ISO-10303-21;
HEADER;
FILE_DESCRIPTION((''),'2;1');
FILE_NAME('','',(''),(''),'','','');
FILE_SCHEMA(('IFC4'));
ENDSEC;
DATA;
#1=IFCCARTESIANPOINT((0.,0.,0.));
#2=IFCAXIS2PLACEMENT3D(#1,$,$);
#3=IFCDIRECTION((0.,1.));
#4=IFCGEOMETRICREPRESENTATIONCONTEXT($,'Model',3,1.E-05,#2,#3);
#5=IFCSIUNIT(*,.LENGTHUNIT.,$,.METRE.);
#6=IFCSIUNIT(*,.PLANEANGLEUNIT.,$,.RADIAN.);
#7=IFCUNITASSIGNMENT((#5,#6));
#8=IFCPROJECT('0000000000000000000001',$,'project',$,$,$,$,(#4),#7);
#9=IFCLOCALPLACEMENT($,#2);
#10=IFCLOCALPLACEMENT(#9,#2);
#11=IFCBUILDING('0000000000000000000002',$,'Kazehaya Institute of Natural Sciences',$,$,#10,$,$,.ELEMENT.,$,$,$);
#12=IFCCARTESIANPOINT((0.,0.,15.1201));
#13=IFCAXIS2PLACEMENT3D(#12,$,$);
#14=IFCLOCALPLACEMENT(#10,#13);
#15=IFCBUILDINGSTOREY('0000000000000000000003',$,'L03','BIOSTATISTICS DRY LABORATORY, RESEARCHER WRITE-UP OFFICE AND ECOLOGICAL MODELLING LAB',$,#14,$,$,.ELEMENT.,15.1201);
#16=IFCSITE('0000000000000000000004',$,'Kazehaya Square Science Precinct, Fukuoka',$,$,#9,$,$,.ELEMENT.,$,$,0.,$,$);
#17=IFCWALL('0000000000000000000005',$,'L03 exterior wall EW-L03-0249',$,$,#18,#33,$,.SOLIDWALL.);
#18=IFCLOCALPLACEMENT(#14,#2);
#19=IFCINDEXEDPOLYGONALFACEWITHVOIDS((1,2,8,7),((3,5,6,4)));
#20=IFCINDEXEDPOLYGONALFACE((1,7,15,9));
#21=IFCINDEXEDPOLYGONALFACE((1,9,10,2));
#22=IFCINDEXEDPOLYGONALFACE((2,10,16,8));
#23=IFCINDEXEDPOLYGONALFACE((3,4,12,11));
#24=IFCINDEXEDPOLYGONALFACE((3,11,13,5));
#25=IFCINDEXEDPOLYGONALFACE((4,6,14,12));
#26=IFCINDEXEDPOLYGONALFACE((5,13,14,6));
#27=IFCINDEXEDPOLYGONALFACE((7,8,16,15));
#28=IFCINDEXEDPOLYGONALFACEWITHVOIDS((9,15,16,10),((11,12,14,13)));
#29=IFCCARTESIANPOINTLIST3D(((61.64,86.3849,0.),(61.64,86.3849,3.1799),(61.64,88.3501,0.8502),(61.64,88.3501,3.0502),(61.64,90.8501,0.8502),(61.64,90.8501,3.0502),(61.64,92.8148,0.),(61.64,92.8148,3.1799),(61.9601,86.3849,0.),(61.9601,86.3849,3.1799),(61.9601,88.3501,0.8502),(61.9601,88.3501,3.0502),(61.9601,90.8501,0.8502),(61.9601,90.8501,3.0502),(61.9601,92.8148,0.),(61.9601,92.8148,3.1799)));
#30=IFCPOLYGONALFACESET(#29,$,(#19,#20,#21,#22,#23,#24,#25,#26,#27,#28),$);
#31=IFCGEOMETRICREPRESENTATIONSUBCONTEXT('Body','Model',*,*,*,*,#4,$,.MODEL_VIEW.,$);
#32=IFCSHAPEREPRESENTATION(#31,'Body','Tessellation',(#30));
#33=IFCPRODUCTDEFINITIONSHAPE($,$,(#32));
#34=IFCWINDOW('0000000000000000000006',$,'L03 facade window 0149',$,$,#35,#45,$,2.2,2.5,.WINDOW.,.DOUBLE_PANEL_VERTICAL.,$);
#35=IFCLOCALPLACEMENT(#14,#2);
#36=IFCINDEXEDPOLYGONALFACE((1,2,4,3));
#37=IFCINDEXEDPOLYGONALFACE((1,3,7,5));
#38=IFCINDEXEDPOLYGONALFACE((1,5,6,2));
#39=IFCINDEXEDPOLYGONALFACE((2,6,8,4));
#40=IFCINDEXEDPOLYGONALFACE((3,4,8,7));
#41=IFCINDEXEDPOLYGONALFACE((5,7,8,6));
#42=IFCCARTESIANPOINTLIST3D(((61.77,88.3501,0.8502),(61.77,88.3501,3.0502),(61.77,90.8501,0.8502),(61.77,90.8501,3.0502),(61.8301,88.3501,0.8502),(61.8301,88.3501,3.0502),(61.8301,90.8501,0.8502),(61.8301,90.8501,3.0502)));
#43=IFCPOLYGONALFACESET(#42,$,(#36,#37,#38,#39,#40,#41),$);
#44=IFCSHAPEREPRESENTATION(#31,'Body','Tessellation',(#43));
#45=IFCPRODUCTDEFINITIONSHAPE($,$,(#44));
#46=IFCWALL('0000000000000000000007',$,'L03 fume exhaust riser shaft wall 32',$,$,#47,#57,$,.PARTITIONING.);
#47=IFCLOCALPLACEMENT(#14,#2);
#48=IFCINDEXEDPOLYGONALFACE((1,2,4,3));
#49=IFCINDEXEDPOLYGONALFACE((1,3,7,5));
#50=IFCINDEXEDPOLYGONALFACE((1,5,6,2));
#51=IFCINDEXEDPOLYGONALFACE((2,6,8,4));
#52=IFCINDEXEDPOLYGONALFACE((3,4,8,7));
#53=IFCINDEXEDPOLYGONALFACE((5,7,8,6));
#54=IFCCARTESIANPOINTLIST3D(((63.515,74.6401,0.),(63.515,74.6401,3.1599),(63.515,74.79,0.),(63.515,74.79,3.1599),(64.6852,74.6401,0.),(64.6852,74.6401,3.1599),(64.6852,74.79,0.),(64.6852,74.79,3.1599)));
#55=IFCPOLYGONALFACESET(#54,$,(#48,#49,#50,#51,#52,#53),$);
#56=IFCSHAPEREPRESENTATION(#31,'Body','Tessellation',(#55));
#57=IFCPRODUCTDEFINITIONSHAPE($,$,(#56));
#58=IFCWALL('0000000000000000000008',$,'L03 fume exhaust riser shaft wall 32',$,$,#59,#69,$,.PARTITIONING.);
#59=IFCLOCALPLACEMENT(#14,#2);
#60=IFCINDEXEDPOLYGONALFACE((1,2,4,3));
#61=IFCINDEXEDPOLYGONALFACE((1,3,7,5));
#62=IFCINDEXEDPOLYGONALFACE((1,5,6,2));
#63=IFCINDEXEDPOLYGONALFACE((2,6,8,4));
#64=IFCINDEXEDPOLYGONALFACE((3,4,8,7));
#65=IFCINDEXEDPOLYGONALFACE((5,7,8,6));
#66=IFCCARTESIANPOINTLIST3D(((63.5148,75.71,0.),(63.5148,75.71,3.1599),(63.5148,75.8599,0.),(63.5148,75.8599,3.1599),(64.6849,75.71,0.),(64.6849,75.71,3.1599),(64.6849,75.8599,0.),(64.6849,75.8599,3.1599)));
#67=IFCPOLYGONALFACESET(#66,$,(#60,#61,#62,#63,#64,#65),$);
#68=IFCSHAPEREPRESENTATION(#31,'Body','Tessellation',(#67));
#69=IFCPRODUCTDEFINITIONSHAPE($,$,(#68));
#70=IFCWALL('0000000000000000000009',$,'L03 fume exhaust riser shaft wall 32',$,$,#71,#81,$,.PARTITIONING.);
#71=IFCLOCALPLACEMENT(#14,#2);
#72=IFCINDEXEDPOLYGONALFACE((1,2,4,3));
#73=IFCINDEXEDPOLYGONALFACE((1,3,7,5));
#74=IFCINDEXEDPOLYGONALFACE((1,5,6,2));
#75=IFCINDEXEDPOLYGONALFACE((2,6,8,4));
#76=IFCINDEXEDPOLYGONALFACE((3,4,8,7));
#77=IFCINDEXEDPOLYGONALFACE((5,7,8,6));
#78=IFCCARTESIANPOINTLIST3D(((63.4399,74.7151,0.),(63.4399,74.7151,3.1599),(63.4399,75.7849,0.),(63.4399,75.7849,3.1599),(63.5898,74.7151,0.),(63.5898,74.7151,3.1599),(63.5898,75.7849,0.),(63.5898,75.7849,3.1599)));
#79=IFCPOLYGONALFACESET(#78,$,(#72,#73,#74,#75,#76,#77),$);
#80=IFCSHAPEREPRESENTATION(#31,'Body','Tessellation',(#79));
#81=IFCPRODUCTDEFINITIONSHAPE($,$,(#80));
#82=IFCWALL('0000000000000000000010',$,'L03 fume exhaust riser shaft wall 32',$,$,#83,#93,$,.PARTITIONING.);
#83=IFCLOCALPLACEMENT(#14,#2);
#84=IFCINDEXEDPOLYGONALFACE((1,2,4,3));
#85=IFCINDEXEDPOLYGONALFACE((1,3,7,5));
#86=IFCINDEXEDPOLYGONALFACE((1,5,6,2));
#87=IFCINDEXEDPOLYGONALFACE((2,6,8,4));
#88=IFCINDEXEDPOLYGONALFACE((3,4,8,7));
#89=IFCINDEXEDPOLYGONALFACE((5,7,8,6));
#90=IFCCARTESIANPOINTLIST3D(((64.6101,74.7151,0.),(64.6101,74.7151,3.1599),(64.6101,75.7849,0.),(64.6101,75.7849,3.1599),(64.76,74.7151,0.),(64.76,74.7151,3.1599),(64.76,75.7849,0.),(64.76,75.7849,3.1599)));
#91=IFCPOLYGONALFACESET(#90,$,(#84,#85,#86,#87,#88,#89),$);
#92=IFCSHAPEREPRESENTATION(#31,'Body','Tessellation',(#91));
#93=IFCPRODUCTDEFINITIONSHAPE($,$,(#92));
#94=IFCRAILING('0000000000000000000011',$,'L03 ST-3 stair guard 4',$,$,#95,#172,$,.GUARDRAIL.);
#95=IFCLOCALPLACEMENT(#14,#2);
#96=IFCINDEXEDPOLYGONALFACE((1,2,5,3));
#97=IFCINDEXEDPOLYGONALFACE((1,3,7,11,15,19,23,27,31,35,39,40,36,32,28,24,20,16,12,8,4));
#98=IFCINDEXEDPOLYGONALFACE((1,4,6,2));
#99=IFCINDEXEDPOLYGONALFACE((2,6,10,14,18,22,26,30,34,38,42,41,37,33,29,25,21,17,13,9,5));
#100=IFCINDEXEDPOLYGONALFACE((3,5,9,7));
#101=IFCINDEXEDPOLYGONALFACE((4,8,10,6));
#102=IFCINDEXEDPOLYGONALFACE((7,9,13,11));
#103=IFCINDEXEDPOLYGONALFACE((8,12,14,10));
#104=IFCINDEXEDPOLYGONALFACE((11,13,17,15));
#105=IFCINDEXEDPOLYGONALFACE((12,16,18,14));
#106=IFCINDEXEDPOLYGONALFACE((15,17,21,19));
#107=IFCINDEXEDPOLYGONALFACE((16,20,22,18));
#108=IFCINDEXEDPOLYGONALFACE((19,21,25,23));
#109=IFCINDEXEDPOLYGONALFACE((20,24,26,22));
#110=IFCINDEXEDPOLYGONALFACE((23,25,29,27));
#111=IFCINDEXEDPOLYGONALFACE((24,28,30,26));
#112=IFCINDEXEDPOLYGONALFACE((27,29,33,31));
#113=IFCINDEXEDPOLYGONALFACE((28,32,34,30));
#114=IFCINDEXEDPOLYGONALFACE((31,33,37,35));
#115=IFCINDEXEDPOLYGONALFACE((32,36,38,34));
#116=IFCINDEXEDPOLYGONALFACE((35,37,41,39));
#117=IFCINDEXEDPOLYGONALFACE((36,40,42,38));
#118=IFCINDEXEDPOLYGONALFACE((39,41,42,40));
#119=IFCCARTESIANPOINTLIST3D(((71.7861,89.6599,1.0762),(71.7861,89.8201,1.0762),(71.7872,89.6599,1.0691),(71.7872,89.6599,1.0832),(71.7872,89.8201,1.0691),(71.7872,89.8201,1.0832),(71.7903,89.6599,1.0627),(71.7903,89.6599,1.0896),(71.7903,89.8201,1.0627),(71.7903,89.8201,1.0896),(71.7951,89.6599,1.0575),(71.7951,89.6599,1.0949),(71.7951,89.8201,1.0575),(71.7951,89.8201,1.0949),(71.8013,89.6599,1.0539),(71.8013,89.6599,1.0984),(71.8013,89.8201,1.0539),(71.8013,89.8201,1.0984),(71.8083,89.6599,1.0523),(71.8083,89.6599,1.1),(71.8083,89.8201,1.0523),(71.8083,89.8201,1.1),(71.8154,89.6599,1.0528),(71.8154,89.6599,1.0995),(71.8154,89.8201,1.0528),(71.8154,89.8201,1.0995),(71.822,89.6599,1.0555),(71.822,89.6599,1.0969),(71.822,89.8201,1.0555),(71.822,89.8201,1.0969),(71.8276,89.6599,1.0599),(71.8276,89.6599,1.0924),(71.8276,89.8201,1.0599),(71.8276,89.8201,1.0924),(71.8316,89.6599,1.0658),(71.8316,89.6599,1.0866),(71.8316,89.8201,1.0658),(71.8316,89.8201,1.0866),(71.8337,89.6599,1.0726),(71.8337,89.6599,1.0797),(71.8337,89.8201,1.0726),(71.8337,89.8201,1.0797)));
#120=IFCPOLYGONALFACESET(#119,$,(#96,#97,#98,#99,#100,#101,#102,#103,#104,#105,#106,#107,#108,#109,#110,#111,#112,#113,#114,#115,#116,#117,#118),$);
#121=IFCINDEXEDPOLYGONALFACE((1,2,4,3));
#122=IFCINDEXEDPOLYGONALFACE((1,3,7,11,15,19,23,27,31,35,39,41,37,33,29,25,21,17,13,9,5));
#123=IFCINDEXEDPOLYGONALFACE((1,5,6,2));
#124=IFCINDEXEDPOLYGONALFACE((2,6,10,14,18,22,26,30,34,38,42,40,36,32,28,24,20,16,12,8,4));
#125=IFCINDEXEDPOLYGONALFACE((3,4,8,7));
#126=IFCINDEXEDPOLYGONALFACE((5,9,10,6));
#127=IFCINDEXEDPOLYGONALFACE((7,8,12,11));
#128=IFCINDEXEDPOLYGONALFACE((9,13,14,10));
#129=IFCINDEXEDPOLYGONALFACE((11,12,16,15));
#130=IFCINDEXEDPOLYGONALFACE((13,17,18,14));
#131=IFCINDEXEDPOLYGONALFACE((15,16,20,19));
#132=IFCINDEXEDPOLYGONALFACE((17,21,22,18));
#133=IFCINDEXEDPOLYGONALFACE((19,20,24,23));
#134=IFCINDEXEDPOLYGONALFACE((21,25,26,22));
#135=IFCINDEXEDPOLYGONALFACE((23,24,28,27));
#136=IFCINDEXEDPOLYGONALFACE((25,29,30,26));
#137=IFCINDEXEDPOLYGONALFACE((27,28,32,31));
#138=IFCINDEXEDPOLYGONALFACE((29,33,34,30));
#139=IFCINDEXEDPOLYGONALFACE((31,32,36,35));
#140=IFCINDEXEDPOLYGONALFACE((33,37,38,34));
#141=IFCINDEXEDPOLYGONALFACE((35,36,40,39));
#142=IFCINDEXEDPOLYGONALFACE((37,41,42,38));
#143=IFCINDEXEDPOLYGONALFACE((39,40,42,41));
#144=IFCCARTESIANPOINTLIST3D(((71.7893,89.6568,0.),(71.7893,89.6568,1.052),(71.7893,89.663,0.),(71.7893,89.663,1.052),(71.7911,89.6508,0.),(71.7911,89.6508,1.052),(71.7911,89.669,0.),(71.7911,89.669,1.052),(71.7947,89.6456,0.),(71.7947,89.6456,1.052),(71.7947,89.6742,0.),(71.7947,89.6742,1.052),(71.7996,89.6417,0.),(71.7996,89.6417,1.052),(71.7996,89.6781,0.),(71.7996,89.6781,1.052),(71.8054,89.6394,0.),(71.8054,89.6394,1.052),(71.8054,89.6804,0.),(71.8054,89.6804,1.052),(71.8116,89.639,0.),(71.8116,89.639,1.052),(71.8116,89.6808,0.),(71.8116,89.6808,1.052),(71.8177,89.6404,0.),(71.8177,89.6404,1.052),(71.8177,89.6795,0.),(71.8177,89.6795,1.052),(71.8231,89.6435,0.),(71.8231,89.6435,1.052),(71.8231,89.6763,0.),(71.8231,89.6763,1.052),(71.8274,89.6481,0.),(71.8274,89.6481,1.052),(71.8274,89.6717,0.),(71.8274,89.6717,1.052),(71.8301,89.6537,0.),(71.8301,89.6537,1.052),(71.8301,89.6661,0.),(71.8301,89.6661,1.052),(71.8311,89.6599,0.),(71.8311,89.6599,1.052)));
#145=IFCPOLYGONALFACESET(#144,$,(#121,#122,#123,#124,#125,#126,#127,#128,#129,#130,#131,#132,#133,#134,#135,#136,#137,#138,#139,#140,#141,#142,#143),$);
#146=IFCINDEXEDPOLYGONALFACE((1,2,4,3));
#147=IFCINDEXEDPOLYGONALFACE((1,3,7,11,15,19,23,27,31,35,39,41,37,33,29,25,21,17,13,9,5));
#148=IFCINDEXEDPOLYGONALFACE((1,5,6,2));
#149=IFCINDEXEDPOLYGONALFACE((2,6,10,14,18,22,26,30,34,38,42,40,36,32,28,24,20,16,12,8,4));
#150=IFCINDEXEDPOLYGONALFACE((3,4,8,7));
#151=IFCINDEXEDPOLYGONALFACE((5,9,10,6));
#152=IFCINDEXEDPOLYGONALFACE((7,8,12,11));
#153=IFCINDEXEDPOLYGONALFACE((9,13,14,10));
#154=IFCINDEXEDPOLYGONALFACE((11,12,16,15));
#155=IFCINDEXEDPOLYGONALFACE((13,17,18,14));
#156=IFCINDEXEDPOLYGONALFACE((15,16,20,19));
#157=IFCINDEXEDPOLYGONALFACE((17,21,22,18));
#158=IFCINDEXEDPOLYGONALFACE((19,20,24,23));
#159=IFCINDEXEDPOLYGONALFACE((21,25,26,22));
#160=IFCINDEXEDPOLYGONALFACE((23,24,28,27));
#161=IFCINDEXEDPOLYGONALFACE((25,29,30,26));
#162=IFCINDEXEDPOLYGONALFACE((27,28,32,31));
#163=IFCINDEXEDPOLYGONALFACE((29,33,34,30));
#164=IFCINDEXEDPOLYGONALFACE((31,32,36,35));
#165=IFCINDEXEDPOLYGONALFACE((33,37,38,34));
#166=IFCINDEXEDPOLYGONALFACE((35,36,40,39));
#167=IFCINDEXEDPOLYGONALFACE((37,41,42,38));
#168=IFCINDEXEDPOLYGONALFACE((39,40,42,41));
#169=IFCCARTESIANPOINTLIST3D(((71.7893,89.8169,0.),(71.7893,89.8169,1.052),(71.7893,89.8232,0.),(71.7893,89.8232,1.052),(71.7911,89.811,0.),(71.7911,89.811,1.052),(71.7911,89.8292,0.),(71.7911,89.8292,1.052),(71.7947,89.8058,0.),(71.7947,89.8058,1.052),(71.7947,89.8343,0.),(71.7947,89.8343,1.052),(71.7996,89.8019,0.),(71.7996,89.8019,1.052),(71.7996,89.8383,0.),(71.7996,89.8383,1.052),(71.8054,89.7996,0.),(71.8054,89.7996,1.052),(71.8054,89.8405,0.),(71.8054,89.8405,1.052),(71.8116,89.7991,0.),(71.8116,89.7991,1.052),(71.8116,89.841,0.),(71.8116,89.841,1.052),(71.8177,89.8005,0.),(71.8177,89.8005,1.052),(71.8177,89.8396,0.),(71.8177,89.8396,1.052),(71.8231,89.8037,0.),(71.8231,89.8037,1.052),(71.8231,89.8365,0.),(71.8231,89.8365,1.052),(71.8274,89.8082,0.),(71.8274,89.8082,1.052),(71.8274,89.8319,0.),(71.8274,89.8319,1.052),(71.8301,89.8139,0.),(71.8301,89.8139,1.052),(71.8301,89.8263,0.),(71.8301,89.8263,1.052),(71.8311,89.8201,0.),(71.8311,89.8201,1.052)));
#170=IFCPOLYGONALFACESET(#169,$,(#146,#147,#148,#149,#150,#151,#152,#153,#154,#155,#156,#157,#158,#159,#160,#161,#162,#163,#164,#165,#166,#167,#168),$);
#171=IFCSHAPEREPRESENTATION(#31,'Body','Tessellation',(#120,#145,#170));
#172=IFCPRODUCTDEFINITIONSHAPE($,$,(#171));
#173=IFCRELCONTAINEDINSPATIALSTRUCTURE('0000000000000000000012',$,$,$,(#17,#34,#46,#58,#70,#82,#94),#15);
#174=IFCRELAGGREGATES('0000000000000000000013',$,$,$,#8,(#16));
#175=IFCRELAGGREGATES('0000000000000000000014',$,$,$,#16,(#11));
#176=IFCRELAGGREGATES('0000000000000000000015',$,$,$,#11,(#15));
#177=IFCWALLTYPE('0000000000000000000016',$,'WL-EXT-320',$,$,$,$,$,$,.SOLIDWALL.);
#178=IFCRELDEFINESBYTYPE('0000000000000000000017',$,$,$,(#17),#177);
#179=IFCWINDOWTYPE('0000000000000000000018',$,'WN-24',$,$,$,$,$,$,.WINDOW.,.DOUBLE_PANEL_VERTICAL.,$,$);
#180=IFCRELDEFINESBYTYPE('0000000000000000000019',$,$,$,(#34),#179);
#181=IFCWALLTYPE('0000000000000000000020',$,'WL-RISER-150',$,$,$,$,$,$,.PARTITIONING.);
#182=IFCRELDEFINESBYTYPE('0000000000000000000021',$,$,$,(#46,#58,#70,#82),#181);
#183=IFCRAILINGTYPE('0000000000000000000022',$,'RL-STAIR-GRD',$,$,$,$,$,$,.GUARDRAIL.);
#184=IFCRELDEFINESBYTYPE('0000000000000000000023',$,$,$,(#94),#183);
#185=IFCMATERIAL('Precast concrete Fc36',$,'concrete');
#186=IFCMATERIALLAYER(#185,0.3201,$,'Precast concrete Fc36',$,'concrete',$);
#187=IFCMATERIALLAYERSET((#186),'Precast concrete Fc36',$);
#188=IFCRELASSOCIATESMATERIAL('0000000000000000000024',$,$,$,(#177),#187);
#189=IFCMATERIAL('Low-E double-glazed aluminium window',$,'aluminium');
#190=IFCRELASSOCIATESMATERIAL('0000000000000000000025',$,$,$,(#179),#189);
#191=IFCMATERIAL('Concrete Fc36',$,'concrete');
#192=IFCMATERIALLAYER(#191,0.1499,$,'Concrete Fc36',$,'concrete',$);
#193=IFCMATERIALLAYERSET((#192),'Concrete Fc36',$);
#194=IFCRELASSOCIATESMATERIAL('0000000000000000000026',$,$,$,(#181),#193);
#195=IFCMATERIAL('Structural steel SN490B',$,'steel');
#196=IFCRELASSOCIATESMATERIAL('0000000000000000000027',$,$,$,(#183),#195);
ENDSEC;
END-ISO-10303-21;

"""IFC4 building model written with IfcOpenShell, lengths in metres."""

from ifc_helpers import new_model, si_unit, direction, frame, frame_2d, origin, origin_2d, place, context, subcontext, project, spatial, rectangle, circle, extrude, material, layer, layer_set, type_object, element, fill, save


model = new_model("IFC4")

# Units and contexts
model_context = context("Model", 3, precision=1e-05, world=origin(), true_north=direction((0.0, 1.0)))
body_context = subcontext(model_context, "Body", "Model", "MODEL_VIEW")
ifc_project = project(units=[si_unit("LENGTHUNIT", "METRE"), si_unit("PLANEANGLEUNIT", "RADIAN")], contexts=[model_context])

# Site, building, storey
site_placement = place(None, origin())
site = spatial("IfcSite", under=ifc_project, at=site_placement, Name="Kazehaya Square Science Precinct, Fukuoka", CompositionType="ELEMENT", RefElevation=0.0)
building_placement = place(site_placement, origin())
building = spatial("IfcBuilding", under=site, at=building_placement, Name="Kazehaya Institute of Natural Sciences", CompositionType="ELEMENT")
storey_placement = place(building_placement, frame((0.0, 0.0, 15.1201)))
storey = spatial("IfcBuildingStorey", under=building, at=storey_placement, Name="L03", Description="BIOSTATISTICS DRY LABORATORY, RESEARCHER WRITE-UP OFFICE AND ECOLOGICAL MODELLING LAB", CompositionType="ELEMENT", Elevation=15.1201)

# Shared definitions
ifc_material_1 = material(Name="Concrete Fc36", Category="concrete")

# Wall, opening, window
ifc_material_2 = material(Name="Precast concrete Fc36", Category="concrete")
ifc_material_3 = material(Name="Low-E double-glazed aluminium window", Category="aluminium")
ifc_layer_1 = layer(ifc_material_2, 0.3201, Name="Precast concrete Fc36", Category="concrete")
ifc_layer_set_1 = layer_set([ifc_layer_1], Name="Precast concrete Fc36")
wall_type_1 = type_object("IfcWallType", Name="WL-EXT-320", PredefinedType="SOLIDWALL", material=ifc_layer_set_1)
wall_1_placement = place(storey_placement, frame((61.8, 86.385, 0.0), z_axis=(0.0, 0.0, 1.0), x_axis=(0.0, 1.0, 0.0)))
wall_1 = element("IfcWall", 1, at=wall_1_placement, inside=storey, type_object=wall_type_1, Name="L03 exterior wall EW-L03-0249", PredefinedType="SOLIDWALL", context=body_context, shape_type="SweptSolid", body=[
    extrude(rectangle(XDim=6.4299, YDim=0.3201, at=frame_2d((3.2148, 0.0))), origin(), (0.0, 0.0, 1.0), 3.1799),
])
opening_1_placement = place(wall_1_placement, frame((1.9651, 0.0, 0.8501)))
opening_1 = element("IfcOpeningElement", 2, at=opening_1_placement, cuts=wall_1, PredefinedType="OPENING", context=body_context, shape_type="SweptSolid", body=[
    extrude(rectangle(XDim=2.5, YDim=2.2, at=frame_2d((1.25, 1.1001))), frame((0.0, 0.1699, 0.0), z_axis=(0.0, -1.0, 0.0), x_axis=(1.0, 0.0, 0.0)), (0.0, 0.0, 1.0), 0.3401),
])
window_type_1 = type_object("IfcWindowType", Name="WN-24", PartitioningType="DOUBLE_PANEL_VERTICAL", PredefinedType="WINDOW", material=ifc_material_3)
window_1_placement = place(opening_1_placement, origin())
window_1 = element("IfcWindow", 3, at=window_1_placement, inside=storey, type_object=window_type_1, Name="L03 facade window 0149", OverallHeight=2.2, OverallWidth=2.5, PartitioningType="DOUBLE_PANEL_VERTICAL", PredefinedType="WINDOW", context=body_context, shape_type="SweptSolid", body=[
    extrude(rectangle(XDim=2.5, YDim=2.2, at=frame_2d((1.25, 1.1001))), frame((0.0, 0.03, 0.0), z_axis=(0.0, -1.0, 0.0), x_axis=(1.0, 0.0, 0.0)), (0.0, 0.0, 1.0), 0.0601),
])
fill(opening_1, window_1)

# Walls
ifc_layer_2 = layer(ifc_material_1, 0.1499, Name="Concrete Fc36", Category="concrete")
ifc_layer_set_2 = layer_set([ifc_layer_2], Name="Concrete Fc36")
wall_type_2 = type_object("IfcWallType", Name="WL-RISER-150", PredefinedType="PARTITIONING", material=ifc_layer_set_2)
for number, where, z_axis, x_axis, name in (
    (4, (64.6851, 74.7151, 0.0), (0.0, 0.0, 1.0), (-1.0, 0.0, 0.0), "L03 fume exhaust riser shaft wall 32"),
    (5, (63.5149, 75.7849, 0.0), (0.0, 0.0, 1.0), (1.0, 0.0, 0.0), "L03 fume exhaust riser shaft wall 32"),
):
    element("IfcWall", number, at=place(storey_placement, frame(where, z_axis=z_axis, x_axis=x_axis)), inside=storey, type_object=wall_type_2, Name=name, PredefinedType="PARTITIONING", context=body_context, shape_type="SweptSolid", body=[
        extrude(rectangle(XDim=1.1702, YDim=0.1499, at=frame_2d((0.585, 0.0))), origin(), (0.0, 0.0, 1.0), 3.1599),
    ])
for number, where, z_axis, x_axis, name in (
    (6, (63.5149, 74.7151, 0.0), (0.0, 0.0, 1.0), (0.0, 1.0, 0.0), "L03 fume exhaust riser shaft wall 32"),
    (7, (64.6851, 75.7849, 0.0), (0.0, 0.0, 1.0), (0.0, -1.0, 0.0), "L03 fume exhaust riser shaft wall 32"),
):
    element("IfcWall", number, at=place(storey_placement, frame(where, z_axis=z_axis, x_axis=x_axis)), inside=storey, type_object=wall_type_2, Name=name, PredefinedType="PARTITIONING", context=body_context, shape_type="SweptSolid", body=[
        extrude(rectangle(XDim=1.0698, YDim=0.1499, at=frame_2d((0.5349, 0.0))), origin(), (0.0, 0.0, 1.0), 3.1599),
    ])

# Railing
ifc_material_4 = material(Name="Structural steel SN490B", Category="steel")
railing_type_1 = type_object("IfcRailingType", Name="RL-STAIR-GRD", PredefinedType="GUARDRAIL", material=ifc_material_4)
railing_1_placement = place(storey_placement, frame((71.8101, 89.6599, 0.0)))
element("IfcRailing", 8, at=railing_1_placement, inside=storey, type_object=railing_type_1, Name="L03 ST-3 stair guard 4", PredefinedType="GUARDRAIL", context=body_context, shape_type="SweptSolid", body=[
    extrude(circle(Radius=0.0239, at=origin_2d()), frame((0.0, 0.0, 1.0762), z_axis=(0.0, 1.0, 0.0), x_axis=(-1.0, 0.0, 0.0)), (0.0, 0.0, 1.0), 0.1602),
    extrude(circle(Radius=0.021, at=origin_2d()), origin(), (0.0, 0.0, 1.0), 1.052),
    extrude(circle(Radius=0.021, at=origin_2d()), frame((0.0, 0.1602, 0.0)), (0.0, 0.0, 1.0), 1.052),
])

save(model, "model.ifc")
